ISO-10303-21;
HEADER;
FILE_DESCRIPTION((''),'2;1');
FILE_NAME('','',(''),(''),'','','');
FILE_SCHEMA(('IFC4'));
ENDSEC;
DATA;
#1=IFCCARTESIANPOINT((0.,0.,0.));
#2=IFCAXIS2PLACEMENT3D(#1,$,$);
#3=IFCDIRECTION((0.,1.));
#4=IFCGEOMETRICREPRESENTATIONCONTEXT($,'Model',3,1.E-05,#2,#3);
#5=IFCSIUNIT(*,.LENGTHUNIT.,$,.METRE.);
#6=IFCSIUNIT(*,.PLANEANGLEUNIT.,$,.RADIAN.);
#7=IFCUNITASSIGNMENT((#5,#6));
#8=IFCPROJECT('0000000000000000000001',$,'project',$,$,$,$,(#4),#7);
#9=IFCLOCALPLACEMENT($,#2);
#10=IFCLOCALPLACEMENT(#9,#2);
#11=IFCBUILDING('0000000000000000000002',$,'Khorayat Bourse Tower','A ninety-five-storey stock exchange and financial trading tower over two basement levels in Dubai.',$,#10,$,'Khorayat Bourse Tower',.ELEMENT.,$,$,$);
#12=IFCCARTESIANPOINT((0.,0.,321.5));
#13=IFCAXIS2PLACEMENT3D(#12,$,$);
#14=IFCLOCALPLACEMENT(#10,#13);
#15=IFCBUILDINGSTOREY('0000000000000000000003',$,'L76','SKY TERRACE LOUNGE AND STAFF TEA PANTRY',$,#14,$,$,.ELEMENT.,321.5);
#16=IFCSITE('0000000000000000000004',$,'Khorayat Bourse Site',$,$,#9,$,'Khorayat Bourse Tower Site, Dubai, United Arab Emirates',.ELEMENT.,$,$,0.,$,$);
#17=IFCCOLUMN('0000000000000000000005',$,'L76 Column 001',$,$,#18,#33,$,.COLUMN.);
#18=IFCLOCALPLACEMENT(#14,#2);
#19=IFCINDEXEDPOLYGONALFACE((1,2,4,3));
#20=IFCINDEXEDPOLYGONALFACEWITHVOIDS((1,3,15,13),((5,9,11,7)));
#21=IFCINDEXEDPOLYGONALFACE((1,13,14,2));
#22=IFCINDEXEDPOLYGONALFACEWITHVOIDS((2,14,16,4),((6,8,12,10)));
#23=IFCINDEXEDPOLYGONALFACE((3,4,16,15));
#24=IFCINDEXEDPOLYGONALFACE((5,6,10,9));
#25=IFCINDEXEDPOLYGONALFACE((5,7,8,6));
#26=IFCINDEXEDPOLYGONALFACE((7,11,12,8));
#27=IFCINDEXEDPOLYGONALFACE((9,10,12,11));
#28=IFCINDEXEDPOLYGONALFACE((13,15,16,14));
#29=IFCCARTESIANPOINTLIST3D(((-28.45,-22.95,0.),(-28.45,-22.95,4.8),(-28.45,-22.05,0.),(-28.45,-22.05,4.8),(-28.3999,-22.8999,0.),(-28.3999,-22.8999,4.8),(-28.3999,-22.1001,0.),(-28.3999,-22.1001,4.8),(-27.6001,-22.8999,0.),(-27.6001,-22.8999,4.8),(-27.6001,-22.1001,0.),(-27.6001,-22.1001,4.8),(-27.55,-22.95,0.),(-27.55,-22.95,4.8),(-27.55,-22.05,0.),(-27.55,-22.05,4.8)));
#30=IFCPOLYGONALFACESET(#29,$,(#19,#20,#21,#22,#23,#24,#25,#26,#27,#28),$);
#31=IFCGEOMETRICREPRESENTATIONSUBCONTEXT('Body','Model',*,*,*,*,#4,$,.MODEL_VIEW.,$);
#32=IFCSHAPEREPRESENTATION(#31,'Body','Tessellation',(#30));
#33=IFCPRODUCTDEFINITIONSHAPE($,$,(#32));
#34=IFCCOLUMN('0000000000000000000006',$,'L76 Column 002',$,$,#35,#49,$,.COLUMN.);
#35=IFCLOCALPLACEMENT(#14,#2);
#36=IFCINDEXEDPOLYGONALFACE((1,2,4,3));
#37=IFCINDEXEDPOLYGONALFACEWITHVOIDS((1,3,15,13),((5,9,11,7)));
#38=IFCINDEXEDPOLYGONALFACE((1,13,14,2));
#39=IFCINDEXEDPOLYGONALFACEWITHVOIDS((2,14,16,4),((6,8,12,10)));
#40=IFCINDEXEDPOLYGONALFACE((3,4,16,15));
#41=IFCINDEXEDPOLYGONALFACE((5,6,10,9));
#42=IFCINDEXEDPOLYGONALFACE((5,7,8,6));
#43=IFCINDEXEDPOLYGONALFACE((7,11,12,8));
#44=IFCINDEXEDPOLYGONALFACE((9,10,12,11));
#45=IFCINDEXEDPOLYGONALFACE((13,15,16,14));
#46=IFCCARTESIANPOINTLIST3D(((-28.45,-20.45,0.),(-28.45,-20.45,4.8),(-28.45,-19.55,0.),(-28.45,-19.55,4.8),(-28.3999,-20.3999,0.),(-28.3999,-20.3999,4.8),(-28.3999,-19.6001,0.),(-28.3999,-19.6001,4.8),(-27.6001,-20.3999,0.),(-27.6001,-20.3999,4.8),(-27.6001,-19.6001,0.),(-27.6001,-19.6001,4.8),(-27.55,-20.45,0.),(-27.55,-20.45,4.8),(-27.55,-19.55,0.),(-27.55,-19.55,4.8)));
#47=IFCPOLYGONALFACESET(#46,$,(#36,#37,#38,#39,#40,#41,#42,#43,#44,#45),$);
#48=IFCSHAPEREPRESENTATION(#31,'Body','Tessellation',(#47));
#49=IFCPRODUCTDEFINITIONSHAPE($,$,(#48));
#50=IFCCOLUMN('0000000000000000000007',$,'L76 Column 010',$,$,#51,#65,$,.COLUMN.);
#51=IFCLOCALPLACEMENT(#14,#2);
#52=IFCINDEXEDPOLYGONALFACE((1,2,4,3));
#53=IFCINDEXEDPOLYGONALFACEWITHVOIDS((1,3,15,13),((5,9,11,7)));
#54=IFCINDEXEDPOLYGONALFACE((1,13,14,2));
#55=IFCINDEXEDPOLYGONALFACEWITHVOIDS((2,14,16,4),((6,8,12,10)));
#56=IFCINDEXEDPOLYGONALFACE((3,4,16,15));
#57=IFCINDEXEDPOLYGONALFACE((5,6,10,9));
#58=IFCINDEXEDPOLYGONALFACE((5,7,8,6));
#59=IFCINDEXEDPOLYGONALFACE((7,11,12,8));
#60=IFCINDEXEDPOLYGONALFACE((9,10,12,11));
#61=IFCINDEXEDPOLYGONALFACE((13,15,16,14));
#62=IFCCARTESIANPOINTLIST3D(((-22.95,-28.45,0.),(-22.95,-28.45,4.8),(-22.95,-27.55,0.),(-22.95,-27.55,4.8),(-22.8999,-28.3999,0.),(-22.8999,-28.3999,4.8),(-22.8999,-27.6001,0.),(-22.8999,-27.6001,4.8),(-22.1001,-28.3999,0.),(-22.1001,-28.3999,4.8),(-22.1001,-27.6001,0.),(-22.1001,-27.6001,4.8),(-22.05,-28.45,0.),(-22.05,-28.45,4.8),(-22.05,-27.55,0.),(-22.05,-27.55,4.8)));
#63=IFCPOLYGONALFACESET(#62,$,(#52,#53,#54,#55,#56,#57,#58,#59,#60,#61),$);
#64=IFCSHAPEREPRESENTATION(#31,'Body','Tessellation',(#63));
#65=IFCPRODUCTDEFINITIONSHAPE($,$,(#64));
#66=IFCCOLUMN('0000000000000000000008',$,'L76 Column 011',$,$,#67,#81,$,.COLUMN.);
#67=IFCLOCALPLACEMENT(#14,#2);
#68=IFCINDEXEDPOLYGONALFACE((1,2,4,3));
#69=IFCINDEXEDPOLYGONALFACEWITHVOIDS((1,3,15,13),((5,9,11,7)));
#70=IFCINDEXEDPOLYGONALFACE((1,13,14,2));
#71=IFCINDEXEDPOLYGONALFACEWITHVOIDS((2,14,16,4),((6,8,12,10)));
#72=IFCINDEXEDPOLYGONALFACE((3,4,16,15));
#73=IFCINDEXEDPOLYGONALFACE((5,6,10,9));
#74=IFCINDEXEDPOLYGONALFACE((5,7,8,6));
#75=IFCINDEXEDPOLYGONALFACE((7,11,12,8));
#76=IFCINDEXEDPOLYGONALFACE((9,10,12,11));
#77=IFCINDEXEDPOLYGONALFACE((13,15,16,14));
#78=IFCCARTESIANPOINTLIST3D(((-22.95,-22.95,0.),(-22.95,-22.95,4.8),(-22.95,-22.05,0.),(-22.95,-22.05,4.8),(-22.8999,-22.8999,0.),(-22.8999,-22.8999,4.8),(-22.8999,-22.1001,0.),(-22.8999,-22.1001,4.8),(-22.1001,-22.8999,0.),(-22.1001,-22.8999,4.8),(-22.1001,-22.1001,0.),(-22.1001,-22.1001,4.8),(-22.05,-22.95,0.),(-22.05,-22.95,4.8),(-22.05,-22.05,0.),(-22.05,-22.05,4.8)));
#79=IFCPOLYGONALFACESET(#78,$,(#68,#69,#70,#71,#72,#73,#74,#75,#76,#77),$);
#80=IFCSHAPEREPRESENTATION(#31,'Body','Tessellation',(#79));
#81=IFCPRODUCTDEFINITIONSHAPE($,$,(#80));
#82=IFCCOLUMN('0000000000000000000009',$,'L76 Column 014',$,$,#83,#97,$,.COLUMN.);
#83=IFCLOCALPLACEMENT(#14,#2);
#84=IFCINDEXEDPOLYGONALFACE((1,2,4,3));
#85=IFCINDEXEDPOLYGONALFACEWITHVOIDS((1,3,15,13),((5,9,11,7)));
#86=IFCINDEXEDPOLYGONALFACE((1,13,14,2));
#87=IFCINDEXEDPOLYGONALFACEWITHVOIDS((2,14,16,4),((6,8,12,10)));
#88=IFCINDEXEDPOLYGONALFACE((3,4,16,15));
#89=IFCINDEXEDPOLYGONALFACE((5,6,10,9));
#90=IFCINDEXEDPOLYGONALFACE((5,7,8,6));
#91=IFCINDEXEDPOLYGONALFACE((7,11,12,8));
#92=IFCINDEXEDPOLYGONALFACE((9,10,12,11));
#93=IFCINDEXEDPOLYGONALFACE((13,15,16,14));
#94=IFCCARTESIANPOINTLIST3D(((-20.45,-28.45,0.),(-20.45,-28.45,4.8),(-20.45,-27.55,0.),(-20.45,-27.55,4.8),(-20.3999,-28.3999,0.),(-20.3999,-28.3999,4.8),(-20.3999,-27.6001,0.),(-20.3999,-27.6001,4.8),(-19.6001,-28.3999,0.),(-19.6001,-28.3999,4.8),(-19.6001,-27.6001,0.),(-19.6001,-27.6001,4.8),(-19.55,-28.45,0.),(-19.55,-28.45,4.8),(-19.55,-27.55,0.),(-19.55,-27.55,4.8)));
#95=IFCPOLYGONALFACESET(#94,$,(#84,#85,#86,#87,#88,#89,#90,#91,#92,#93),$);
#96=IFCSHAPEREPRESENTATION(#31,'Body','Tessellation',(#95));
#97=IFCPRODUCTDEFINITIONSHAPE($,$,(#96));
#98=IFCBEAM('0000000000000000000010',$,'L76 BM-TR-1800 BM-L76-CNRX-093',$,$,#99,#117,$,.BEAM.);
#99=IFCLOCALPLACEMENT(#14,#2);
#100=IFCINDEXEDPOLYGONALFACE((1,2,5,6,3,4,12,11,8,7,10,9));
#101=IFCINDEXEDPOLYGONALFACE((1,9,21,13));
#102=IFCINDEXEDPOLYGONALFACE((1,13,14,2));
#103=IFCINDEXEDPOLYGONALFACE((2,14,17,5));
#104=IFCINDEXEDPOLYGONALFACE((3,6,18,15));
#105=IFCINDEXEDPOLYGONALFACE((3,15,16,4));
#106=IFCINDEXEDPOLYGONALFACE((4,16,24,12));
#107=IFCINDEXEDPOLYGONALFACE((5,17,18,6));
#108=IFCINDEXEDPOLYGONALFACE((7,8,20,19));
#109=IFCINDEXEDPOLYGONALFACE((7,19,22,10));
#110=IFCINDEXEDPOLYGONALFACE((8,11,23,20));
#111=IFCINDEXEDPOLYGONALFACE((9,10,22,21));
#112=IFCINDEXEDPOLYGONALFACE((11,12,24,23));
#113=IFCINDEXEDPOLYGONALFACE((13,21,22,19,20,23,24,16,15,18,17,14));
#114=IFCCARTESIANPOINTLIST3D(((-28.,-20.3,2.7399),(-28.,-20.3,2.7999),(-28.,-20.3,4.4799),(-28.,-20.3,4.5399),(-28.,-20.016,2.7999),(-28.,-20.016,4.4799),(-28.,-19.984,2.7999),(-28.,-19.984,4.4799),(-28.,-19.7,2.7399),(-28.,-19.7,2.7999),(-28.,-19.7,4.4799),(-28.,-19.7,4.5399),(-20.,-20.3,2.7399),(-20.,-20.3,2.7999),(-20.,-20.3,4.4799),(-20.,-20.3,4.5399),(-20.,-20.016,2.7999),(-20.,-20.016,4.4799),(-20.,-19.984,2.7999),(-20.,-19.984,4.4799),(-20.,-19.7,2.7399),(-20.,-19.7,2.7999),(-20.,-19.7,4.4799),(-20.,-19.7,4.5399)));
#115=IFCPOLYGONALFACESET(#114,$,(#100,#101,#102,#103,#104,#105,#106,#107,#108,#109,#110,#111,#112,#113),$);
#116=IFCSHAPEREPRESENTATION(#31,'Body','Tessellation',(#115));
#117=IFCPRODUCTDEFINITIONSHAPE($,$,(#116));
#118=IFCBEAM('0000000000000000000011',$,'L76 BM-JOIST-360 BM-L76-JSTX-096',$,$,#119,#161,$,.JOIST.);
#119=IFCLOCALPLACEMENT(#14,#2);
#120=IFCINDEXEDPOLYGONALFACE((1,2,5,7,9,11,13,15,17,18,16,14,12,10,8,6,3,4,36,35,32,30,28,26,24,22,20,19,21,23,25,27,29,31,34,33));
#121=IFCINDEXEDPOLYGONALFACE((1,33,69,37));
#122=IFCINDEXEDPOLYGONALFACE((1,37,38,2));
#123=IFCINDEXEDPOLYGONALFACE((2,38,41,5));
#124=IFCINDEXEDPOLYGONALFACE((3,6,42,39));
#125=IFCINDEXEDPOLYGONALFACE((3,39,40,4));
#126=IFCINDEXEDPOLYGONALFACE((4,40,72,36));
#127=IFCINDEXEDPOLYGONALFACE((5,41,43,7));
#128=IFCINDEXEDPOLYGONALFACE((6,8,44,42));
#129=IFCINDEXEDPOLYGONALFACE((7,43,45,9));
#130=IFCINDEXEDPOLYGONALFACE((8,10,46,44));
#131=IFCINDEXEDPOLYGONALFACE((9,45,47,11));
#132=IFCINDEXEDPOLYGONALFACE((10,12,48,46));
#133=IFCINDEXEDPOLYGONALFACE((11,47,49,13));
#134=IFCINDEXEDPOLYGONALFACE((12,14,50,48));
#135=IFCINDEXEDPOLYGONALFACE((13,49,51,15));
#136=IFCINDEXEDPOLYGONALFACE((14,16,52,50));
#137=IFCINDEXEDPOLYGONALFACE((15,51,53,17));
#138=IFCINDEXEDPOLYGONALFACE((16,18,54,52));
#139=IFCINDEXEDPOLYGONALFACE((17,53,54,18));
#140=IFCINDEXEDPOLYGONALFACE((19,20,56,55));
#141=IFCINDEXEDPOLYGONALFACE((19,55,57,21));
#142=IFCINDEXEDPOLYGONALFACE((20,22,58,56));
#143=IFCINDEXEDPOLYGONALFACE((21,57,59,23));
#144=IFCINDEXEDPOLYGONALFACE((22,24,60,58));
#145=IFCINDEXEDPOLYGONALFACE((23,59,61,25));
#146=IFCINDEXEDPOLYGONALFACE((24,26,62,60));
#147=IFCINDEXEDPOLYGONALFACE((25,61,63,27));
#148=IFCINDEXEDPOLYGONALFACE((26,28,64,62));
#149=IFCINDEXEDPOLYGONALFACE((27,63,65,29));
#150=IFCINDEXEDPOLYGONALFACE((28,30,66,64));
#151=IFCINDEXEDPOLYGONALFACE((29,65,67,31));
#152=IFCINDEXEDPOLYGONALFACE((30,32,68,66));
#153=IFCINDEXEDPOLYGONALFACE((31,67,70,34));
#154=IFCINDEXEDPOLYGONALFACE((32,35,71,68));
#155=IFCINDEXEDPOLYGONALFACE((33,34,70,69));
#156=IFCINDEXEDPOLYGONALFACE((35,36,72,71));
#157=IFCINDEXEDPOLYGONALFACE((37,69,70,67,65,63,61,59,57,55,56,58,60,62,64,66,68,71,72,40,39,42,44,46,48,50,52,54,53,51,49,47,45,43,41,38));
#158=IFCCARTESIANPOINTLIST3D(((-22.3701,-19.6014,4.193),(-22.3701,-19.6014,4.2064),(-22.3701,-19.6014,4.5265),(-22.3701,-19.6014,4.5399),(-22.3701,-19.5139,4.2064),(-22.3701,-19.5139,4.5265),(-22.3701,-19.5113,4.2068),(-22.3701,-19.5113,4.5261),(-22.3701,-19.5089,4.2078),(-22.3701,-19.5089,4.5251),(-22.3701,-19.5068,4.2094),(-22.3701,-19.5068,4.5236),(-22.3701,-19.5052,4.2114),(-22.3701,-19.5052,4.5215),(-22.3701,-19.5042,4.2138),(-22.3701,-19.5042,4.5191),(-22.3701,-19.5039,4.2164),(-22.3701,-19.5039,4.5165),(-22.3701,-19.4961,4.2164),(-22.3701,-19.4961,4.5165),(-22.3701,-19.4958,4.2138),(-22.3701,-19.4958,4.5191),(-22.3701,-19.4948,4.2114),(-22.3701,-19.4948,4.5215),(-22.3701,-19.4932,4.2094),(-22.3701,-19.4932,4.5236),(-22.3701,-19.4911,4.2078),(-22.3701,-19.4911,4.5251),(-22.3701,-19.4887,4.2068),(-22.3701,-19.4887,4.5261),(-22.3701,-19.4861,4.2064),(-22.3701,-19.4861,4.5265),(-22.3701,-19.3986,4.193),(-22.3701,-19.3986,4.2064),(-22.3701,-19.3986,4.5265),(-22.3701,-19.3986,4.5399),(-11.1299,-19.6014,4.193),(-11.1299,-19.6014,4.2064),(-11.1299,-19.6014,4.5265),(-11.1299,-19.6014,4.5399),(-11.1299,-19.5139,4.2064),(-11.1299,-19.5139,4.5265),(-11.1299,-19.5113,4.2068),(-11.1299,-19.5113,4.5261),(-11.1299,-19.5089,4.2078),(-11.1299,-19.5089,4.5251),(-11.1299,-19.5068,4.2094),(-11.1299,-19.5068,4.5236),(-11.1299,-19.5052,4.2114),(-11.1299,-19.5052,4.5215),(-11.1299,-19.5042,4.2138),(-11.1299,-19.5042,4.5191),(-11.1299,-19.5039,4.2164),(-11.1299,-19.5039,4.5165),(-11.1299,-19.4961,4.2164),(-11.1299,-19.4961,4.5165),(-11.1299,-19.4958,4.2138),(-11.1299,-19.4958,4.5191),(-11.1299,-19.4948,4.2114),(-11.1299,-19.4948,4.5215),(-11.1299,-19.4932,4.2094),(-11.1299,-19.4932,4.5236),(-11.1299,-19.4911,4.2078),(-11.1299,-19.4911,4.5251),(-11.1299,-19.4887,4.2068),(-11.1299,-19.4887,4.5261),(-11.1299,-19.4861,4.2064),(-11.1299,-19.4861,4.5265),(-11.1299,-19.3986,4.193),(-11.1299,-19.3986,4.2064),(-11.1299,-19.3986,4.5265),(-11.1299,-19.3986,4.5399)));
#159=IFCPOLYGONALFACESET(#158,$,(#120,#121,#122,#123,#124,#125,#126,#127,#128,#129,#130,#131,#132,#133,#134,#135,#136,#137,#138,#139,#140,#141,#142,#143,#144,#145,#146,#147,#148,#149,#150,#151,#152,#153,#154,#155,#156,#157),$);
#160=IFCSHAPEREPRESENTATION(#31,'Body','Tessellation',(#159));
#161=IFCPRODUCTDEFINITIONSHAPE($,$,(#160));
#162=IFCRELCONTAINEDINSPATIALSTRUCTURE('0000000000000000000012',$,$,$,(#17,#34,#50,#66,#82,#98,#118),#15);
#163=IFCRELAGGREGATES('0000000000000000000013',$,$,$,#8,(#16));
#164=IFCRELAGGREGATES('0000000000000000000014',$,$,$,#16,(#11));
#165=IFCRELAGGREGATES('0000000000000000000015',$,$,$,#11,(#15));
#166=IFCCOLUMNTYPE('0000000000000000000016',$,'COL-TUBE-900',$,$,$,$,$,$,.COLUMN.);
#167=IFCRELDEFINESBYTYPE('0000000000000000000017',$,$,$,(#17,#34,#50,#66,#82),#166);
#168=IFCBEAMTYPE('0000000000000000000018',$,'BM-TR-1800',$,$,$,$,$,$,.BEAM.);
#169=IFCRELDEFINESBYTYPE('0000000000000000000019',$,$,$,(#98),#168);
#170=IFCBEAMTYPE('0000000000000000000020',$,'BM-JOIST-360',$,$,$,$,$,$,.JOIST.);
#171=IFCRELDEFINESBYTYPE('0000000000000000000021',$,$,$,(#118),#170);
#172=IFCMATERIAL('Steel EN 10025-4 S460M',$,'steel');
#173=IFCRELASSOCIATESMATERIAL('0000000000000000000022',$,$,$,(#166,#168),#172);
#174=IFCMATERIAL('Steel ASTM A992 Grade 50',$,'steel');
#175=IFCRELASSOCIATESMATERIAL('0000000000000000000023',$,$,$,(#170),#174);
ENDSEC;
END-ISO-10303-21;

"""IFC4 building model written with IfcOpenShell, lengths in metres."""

from ifc_helpers import new_model, si_unit, direction, frame, origin, origin_2d, place, context, subcontext, project, spatial, hollow_rectangle, i_section, extrude, source, transform, mapped, material, material_profile, profile_set, type_object, element, save


model = new_model("IFC4")

# Units and contexts
model_context = context("Model", 3, precision=1e-05, world=origin(), true_north=direction((0.0, 1.0)))
body_context = subcontext(model_context, "Body", "Model", "MODEL_VIEW")
ifc_project = project(units=[si_unit("LENGTHUNIT", "METRE"), si_unit("PLANEANGLEUNIT", "RADIAN")], contexts=[model_context])

# Site, building, storey
site_placement = place(None, origin())
site = spatial("IfcSite", under=ifc_project, at=site_placement, Name="Khorayat Bourse Site", LongName="Khorayat Bourse Tower Site, Dubai, United Arab Emirates", CompositionType="ELEMENT", RefElevation=0.0)
building_placement = place(site_placement, origin())
building = spatial("IfcBuilding", under=site, at=building_placement, Name="Khorayat Bourse Tower", Description="A ninety-five-storey stock exchange and financial trading tower over two basement levels in Dubai.", LongName="Khorayat Bourse Tower", CompositionType="ELEMENT")
storey_placement = place(building_placement, frame((0.0, 0.0, 321.5)))
storey = spatial("IfcBuildingStorey", under=building, at=storey_placement, Name="L76", Description="SKY TERRACE LOUNGE AND STAFF TEA PANTRY", CompositionType="ELEMENT", Elevation=321.5)

# Columns
ifc_material_1 = material(Name="Steel EN 10025-4 S460M", Category="steel")
ifc_material_profile_1 = material_profile(ifc_material_1, hollow_rectangle(XDim=0.8999, YDim=0.8999, WallThickness=0.05, at=origin_2d()), Name="BOX 900x900x50")
ifc_profile_set_1 = profile_set([ifc_material_profile_1], Name="Steel EN 10025-4 S460M")
column_type = type_object("IfcColumnType", Name="COL-TUBE-900", PredefinedType="COLUMN", material=ifc_profile_set_1)
shared_shape_1 = source(origin(), body_context, "Body", "SweptSolid", [
    extrude(hollow_rectangle(XDim=0.8999, YDim=0.8999, WallThickness=0.05, at=origin_2d()), origin(), (0.0, 0.0, 1.0), 4.8),
])
for number, where, z_axis, x_axis, name in (
    (1, (-28.0, -22.5, 0.0), (0.0, 0.0, 1.0), (1.0, 0.0, 0.0), "L76 Column 001"),
    (2, (-28.0, -20.0, 0.0), (0.0, 0.0, 1.0), (1.0, 0.0, 0.0), "L76 Column 002"),
    (3, (-22.5, -28.0, 0.0), (0.0, 0.0, 1.0), (1.0, 0.0, 0.0), "L76 Column 010"),
    (4, (-22.5, -22.5, 0.0), (0.0, 0.0, 1.0), (1.0, 0.0, 0.0), "L76 Column 011"),
    (5, (-20.0, -28.0, 0.0), (0.0, 0.0, 1.0), (1.0, 0.0, 0.0), "L76 Column 014"),
):
    element("IfcColumn", number, at=place(storey_placement, frame(where, z_axis=z_axis, x_axis=x_axis)), inside=storey, type_object=column_type, Name=name, PredefinedType="COLUMN", context=body_context, shape_type="MappedRepresentation", body=[
        mapped(shared_shape_1, transform((0.0, 0.0, 0.0), scale=1.0)),
    ])

# Beams
ifc_material_profile_2 = material_profile(ifc_material_1, i_section(OverallWidth=0.6001, OverallDepth=1.8, WebThickness=0.032, FlangeThickness=0.0601, at=origin_2d()), Name="PG 1800x600x32x60")
ifc_profile_set_2 = profile_set([ifc_material_profile_2], Name="Steel EN 10025-4 S460M")
beam_type_1 = type_object("IfcBeamType", Name="BM-TR-1800", PredefinedType="BEAM", material=ifc_profile_set_2)
shared_shape_2 = source(origin(), body_context, "Body", "SweptSolid", [
    extrude(i_section(OverallWidth=0.6001, OverallDepth=1.8, WebThickness=0.032, FlangeThickness=0.0601, at=origin_2d()), origin(), (0.0, 0.0, 1.0), 8.0),
])
beam_1_placement = place(storey_placement, frame((-28.0, -20.0, 3.6399), z_axis=(1.0, 0.0, 0.0), x_axis=(0.0, 1.0, 0.0)))
element("IfcBeam", 6, at=beam_1_placement, inside=storey, type_object=beam_type_1, Name="L76 BM-TR-1800 BM-L76-CNRX-093", PredefinedType="BEAM", context=body_context, shape_type="MappedRepresentation", body=[
    mapped(shared_shape_2, transform((0.0, 0.0, 0.0), scale=1.0)),
])
ifc_material_2 = material(Name="Steel ASTM A992 Grade 50", Category="steel")
ifc_material_profile_3 = material_profile(ifc_material_2, i_section(OverallWidth=0.2029, OverallDepth=0.3469, WebThickness=0.0078, FlangeThickness=0.0134, FilletRadius=0.01, at=origin_2d()), Name="W360X64")
ifc_profile_set_3 = profile_set([ifc_material_profile_3], Name="Steel ASTM A992 Grade 50")
beam_type_2 = type_object("IfcBeamType", Name="BM-JOIST-360", PredefinedType="JOIST", material=ifc_profile_set_3)
shared_shape_3 = source(origin(), body_context, "Body", "SweptSolid", [
    extrude(i_section(OverallWidth=0.2029, OverallDepth=0.3469, WebThickness=0.0078, FlangeThickness=0.0134, FilletRadius=0.01, at=origin_2d()), origin(), (0.0, 0.0, 1.0), 11.2402),
])
beam_2_placement = place(storey_placement, frame((-22.3701, -19.5, 4.3665), z_axis=(1.0, 0.0, 0.0), x_axis=(0.0, 1.0, 0.0)))
element("IfcBeam", 7, at=beam_2_placement, inside=storey, type_object=beam_type_2, Name="L76 BM-JOIST-360 BM-L76-JSTX-096", PredefinedType="JOIST", context=body_context, shape_type="MappedRepresentation", body=[
    mapped(shared_shape_3, transform((0.0, 0.0, 0.0), scale=1.0)),
])

save(model, "model.ifc")
